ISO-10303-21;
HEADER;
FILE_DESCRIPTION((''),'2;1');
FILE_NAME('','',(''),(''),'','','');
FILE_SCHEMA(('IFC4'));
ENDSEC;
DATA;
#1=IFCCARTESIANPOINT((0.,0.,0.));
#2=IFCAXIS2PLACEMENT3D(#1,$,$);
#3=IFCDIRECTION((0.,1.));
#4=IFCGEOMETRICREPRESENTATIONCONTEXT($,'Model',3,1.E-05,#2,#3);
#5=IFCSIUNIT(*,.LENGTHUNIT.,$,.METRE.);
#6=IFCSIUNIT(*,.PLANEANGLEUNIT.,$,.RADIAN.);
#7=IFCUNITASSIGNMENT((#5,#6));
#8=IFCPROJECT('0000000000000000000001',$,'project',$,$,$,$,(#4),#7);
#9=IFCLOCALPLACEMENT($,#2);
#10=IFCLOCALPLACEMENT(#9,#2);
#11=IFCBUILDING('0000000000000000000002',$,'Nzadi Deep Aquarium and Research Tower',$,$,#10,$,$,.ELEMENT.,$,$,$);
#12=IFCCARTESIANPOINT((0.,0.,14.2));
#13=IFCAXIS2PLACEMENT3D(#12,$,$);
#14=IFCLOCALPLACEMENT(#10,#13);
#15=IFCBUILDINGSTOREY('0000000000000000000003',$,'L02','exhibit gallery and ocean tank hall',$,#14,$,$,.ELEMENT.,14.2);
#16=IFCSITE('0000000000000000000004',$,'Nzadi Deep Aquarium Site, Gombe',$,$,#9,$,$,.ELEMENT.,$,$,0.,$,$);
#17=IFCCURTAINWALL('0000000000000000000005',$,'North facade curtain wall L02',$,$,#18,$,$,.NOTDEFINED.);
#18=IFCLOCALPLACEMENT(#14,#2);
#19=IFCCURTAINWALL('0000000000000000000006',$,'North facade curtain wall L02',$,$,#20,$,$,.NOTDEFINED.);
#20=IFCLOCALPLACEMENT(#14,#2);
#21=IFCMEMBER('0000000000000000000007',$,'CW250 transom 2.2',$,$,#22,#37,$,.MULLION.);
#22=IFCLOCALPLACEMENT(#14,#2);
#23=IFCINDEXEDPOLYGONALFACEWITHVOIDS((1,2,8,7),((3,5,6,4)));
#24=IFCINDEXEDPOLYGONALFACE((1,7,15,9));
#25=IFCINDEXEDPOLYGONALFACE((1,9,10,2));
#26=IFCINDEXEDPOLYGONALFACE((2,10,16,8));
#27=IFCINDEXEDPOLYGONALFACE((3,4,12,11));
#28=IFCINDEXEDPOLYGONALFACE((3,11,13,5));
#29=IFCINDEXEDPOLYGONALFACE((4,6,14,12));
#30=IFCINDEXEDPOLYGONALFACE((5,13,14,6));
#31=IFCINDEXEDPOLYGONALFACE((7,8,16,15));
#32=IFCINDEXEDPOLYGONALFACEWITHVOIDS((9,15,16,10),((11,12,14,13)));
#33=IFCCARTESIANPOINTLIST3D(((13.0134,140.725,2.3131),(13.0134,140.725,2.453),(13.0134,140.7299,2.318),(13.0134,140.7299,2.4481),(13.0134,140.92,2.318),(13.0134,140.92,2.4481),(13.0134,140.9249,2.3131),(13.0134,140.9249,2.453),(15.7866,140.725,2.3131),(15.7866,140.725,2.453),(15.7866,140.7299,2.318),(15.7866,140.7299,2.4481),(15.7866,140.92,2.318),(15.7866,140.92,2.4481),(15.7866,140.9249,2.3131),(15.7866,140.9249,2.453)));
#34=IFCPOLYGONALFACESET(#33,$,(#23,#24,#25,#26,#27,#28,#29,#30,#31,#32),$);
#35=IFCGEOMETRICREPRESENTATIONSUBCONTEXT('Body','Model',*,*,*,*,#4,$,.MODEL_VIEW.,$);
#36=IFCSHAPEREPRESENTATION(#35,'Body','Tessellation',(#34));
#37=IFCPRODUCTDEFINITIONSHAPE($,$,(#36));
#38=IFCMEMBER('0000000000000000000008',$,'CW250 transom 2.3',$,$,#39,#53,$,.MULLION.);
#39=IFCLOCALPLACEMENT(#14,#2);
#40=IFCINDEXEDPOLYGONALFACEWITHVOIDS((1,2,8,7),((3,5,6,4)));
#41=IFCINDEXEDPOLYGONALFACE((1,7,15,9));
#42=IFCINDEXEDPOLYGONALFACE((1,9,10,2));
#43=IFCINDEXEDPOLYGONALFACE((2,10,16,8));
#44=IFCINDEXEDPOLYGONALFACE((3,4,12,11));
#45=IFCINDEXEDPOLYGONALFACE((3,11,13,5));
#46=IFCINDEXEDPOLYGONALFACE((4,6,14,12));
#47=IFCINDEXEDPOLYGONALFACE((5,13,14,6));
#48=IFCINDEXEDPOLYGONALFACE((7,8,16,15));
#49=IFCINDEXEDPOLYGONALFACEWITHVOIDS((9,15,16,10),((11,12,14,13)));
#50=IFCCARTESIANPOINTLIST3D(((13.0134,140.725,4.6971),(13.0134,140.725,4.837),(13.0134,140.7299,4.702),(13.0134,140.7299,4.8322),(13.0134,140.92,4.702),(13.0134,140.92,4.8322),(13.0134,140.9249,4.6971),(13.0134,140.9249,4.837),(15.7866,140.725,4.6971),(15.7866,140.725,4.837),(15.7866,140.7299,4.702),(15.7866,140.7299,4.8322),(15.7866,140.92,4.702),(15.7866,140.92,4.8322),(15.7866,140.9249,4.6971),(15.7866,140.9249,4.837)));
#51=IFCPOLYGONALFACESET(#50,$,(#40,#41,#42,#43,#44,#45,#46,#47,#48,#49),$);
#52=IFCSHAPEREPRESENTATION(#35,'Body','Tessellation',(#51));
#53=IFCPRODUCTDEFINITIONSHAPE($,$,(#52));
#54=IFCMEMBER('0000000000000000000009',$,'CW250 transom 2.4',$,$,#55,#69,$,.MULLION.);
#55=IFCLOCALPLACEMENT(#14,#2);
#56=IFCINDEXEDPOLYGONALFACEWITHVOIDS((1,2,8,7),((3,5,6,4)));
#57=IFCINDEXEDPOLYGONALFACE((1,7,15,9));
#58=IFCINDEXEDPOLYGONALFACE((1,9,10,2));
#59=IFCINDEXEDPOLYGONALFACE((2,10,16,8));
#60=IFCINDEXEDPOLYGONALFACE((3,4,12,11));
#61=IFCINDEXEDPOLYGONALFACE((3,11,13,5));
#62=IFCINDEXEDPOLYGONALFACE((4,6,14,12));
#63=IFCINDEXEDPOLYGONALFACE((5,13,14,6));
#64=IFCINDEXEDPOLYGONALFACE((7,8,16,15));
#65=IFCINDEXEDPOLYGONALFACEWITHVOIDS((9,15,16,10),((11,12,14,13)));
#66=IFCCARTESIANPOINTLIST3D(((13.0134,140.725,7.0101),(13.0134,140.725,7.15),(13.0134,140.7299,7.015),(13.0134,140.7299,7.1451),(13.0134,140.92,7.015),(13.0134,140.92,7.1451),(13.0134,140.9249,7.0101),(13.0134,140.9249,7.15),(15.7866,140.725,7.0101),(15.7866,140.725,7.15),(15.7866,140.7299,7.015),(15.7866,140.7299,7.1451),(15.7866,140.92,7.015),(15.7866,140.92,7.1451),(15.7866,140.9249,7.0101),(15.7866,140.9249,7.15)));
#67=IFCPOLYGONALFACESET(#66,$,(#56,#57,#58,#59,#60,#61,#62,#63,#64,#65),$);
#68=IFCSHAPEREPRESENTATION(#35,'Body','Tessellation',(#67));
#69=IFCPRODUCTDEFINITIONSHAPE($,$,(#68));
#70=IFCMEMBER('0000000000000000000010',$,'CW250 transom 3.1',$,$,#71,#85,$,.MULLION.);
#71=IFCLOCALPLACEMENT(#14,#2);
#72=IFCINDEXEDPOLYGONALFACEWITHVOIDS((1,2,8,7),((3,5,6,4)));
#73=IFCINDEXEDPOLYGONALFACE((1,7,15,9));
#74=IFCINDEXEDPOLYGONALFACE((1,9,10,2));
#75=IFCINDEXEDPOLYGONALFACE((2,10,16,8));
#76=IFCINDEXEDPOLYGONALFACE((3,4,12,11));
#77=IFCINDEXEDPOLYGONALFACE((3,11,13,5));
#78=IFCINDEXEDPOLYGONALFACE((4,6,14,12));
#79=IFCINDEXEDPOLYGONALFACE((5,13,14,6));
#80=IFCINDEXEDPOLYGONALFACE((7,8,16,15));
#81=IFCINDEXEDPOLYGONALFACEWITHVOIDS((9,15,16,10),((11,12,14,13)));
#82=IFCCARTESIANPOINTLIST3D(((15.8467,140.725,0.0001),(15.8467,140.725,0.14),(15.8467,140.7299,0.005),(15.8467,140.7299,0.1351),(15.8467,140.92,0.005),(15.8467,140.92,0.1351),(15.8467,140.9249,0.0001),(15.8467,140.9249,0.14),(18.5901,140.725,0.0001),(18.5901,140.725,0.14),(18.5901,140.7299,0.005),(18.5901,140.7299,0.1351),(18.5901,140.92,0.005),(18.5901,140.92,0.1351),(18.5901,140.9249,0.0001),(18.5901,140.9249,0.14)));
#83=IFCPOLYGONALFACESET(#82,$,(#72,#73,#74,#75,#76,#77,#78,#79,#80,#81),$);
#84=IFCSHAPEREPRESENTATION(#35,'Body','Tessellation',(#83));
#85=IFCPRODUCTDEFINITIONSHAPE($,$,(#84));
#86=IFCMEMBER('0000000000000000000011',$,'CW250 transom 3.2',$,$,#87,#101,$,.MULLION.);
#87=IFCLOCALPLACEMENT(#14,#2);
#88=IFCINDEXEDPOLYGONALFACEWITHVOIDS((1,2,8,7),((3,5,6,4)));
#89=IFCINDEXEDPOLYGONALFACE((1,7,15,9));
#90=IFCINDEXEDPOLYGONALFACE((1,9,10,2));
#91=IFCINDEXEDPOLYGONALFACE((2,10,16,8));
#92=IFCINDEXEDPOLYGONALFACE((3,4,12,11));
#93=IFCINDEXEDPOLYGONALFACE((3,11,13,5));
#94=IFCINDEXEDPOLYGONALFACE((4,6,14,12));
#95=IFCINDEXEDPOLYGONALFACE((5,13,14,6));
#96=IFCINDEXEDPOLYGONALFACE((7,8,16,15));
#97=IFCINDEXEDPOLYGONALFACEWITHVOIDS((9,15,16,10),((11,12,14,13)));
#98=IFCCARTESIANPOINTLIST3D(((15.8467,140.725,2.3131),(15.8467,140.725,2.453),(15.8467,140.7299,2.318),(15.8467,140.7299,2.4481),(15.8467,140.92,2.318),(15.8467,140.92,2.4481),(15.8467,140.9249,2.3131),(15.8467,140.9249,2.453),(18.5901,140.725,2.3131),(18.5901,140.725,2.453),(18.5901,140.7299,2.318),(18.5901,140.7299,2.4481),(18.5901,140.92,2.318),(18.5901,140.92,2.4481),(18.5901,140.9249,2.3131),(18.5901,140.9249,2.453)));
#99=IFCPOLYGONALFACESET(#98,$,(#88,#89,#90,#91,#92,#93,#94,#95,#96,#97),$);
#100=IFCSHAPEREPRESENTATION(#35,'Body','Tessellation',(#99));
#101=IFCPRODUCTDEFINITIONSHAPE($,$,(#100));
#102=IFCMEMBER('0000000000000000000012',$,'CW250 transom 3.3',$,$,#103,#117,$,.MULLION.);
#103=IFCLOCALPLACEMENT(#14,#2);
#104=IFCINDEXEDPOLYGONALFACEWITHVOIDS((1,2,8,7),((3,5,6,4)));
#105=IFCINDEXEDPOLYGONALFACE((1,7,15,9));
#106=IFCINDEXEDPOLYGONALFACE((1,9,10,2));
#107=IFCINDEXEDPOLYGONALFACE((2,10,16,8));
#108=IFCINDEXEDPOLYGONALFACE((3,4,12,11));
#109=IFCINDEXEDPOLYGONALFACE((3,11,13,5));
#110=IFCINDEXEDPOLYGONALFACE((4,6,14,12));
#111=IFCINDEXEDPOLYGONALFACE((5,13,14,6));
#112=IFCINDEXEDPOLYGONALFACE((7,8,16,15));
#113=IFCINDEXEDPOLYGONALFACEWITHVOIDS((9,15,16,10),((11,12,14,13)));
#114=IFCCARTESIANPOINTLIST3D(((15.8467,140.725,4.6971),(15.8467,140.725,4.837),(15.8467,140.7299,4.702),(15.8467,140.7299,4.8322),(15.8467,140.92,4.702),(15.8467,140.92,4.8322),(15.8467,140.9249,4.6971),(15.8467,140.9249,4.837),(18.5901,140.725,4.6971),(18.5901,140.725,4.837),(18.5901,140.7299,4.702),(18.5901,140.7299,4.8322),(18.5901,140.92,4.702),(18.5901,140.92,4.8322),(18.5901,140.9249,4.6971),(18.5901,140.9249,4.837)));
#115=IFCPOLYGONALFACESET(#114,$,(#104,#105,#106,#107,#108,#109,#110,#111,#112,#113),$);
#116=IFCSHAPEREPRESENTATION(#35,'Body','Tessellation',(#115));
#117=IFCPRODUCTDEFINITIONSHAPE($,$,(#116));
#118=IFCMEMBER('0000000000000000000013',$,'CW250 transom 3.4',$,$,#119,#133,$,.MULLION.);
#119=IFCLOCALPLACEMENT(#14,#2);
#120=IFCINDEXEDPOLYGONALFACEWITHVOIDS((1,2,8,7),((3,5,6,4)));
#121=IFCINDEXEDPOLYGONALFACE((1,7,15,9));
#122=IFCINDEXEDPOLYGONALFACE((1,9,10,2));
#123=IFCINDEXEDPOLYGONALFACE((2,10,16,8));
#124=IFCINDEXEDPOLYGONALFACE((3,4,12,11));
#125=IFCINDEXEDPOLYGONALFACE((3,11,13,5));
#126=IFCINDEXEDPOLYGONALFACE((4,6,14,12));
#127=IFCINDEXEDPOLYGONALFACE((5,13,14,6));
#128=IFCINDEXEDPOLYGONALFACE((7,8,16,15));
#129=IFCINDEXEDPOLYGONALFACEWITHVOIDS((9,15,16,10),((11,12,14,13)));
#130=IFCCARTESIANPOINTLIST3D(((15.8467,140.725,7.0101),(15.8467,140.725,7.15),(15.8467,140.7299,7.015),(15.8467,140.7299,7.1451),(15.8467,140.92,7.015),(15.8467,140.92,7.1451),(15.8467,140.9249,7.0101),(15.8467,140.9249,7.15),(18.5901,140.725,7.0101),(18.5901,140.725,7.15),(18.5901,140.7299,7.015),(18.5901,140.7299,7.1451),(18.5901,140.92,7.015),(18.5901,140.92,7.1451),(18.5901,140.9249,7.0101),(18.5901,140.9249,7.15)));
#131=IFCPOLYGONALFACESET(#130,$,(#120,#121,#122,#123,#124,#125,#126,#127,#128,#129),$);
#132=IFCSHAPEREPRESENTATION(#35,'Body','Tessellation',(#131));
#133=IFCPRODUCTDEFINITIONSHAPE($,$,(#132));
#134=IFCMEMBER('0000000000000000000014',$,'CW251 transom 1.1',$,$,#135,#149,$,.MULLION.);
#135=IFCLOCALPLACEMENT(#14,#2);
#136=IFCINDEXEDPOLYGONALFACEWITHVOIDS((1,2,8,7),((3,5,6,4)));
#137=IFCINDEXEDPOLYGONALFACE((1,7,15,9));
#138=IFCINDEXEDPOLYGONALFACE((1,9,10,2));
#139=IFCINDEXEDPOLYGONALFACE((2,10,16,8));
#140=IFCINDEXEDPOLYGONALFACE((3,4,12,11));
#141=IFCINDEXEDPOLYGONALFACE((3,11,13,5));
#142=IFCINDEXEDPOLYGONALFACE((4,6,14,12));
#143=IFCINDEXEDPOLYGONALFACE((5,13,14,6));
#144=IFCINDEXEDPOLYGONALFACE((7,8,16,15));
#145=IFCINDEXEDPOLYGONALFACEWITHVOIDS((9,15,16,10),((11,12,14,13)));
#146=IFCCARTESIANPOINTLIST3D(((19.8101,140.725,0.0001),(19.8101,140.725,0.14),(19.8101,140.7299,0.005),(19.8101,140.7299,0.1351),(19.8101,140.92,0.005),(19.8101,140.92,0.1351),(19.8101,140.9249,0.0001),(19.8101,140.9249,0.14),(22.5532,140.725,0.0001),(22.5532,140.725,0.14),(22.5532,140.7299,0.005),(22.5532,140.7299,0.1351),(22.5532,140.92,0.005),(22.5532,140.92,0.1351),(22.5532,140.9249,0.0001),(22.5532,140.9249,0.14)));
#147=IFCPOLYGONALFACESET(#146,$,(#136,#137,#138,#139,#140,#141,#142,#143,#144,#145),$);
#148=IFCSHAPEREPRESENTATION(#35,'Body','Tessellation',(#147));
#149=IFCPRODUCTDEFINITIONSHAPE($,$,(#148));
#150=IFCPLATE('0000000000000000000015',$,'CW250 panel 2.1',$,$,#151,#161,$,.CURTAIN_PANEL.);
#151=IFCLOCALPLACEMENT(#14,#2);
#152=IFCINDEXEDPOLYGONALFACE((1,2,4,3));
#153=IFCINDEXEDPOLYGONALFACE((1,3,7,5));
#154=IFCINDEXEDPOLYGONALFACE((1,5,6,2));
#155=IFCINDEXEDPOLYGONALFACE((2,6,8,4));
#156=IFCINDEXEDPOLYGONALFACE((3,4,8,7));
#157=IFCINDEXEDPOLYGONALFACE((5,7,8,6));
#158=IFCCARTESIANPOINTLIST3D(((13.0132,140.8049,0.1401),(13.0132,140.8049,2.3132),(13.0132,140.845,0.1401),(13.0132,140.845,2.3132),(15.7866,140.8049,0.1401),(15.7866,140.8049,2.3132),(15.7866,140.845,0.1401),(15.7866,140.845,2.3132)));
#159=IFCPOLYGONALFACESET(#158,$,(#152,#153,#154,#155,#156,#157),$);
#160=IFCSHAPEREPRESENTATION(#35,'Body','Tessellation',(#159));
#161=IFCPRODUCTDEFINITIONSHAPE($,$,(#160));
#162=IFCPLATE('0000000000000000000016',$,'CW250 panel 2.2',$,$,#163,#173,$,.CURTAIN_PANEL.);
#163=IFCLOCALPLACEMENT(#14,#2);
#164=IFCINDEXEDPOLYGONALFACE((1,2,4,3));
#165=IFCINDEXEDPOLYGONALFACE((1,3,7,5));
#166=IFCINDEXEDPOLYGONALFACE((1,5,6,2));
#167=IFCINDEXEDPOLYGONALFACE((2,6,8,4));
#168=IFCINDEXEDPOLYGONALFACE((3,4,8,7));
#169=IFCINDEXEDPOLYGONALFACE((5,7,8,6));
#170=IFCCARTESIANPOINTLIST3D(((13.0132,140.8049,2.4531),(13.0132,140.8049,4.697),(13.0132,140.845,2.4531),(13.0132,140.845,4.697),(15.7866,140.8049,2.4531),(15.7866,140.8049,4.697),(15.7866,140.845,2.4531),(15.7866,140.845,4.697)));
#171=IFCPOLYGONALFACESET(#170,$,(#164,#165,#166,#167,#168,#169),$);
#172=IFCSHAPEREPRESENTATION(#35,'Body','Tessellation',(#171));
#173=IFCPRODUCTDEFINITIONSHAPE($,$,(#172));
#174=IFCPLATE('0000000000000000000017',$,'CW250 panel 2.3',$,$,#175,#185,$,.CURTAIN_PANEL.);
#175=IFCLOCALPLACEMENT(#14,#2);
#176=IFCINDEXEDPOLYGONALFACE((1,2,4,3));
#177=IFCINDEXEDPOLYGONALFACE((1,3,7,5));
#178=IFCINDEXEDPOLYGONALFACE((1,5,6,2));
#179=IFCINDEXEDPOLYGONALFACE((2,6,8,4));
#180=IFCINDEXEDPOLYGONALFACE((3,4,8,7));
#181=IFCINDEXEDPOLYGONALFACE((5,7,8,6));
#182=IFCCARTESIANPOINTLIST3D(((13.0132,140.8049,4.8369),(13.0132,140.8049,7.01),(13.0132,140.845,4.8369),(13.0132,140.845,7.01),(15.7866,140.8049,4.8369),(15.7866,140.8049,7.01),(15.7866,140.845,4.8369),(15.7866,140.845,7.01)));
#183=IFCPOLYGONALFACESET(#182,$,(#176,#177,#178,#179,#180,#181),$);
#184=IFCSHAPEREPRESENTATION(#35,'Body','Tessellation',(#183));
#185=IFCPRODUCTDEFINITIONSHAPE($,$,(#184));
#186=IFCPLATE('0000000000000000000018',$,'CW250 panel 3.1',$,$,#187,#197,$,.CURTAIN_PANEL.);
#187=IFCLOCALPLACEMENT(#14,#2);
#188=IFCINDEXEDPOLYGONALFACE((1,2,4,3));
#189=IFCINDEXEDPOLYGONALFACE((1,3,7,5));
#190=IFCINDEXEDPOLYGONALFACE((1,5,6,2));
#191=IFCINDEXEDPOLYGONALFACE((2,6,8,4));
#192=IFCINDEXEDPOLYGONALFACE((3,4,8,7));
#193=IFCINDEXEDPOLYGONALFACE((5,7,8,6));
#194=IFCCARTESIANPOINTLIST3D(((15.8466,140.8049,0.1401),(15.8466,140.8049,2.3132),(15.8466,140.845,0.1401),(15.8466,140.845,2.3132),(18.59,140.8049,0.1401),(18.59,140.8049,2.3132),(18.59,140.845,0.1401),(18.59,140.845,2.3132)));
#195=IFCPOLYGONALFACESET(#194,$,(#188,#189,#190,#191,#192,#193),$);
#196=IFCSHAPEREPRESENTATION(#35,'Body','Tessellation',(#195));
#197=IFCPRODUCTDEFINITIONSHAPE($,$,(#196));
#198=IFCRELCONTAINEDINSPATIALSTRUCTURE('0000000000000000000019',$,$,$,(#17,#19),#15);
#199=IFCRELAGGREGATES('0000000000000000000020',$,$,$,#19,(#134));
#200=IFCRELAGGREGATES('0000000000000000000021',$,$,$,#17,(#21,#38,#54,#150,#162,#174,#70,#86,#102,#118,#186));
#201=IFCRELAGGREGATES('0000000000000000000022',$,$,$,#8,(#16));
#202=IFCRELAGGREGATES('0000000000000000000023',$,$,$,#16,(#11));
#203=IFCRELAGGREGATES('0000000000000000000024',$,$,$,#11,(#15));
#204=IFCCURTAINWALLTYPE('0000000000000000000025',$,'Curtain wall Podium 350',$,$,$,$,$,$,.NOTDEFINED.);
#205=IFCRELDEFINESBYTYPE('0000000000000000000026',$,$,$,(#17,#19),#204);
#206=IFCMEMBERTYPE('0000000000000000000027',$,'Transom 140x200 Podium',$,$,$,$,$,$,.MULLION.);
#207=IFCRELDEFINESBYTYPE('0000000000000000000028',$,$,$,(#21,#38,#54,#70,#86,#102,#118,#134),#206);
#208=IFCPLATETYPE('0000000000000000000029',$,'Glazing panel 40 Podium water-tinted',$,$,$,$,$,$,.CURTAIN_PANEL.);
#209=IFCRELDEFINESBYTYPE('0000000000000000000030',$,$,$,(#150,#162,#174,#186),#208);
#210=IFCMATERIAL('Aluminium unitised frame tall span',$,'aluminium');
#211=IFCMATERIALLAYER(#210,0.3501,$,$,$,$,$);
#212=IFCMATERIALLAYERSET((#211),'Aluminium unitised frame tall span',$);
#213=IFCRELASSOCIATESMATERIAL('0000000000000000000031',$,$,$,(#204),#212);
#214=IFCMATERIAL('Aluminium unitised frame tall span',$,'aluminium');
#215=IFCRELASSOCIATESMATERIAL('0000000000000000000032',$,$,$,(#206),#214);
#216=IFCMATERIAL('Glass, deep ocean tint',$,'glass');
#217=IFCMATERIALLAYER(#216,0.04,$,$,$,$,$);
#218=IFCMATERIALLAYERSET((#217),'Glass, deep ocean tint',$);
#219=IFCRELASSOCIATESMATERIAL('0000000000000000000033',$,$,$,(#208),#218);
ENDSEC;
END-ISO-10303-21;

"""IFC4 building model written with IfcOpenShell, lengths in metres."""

from ifc_helpers import new_model, si_unit, direction, frame, origin, origin_2d, place, context, subcontext, project, spatial, rectangle, hollow_rectangle, extrude, material, layer, layer_set, material_profile, profile_set, type_object, element, aggregate, save


model = new_model("IFC4")

# Units and contexts
model_context = context("Model", 3, precision=1e-05, world=origin(), true_north=direction((0.0, 1.0)))
body_context = subcontext(model_context, "Body", "Model", "MODEL_VIEW")
ifc_project = project(units=[si_unit("LENGTHUNIT", "METRE"), si_unit("PLANEANGLEUNIT", "RADIAN")], contexts=[model_context])

# Site, building, storey
site_placement = place(None, origin())
site = spatial("IfcSite", under=ifc_project, at=site_placement, Name="Nzadi Deep Aquarium Site, Gombe", CompositionType="ELEMENT", RefElevation=0.0)
building_placement = place(site_placement, origin())
building = spatial("IfcBuilding", under=site, at=building_placement, Name="Nzadi Deep Aquarium and Research Tower", CompositionType="ELEMENT")
storey_placement = place(building_placement, frame((0.0, 0.0, 14.2)))
storey = spatial("IfcBuildingStorey", under=building, at=storey_placement, Name="L02", Description="exhibit gallery and ocean tank hall", CompositionType="ELEMENT", Elevation=14.2)

# Curtain wall
ifc_material_1 = material(Name="Aluminium unitised frame tall span", Category="aluminium")
ifc_layer_1 = layer(ifc_material_1, 0.3501)
ifc_layer_set_1 = layer_set([ifc_layer_1], Name="Aluminium unitised frame tall span")
curtain_wall_type = type_object("IfcCurtainWallType", Name="Curtain wall Podium 350", PredefinedType="NOTDEFINED", material=ifc_layer_set_1)
curtain_wall_1_placement = place(storey_placement, origin())
curtain_wall_1 = element("IfcCurtainWall", 1, at=curtain_wall_1_placement, inside=storey, type_object=curtain_wall_type, Name="North facade curtain wall L02", PredefinedType="NOTDEFINED")

# Curtain wall
curtain_wall_2_placement = place(storey_placement, origin())
curtain_wall_2 = element("IfcCurtainWall", 2, at=curtain_wall_2_placement, inside=storey, type_object=curtain_wall_type, Name="North facade curtain wall L02", PredefinedType="NOTDEFINED")

# Members
ifc_material_2 = material(Name="Aluminium unitised frame tall span", Category="aluminium")
ifc_material_profile_1 = material_profile(ifc_material_2, hollow_rectangle(XDim=0.2, YDim=0.1399, WallThickness=0.0049, at=origin_2d()))
ifc_profile_set_1 = profile_set([ifc_material_profile_1], Name="Aluminium unitised frame tall span")
member_type_1 = type_object("IfcMemberType", Name="Transom 140x200 Podium", PredefinedType="MULLION", material=ifc_profile_set_1)
member_1_placement = place(storey_placement, frame((13.0134, 140.825, 2.3831), z_axis=(1.0, 0.0, 0.0), x_axis=(0.0, 1.0, 0.0)))
member_1 = element("IfcMember", 3, at=member_1_placement, type_object=member_type_1, Name="CW250 transom 2.2", PredefinedType="MULLION", context=body_context, shape_type="SweptSolid", body=[
    extrude(hollow_rectangle(XDim=0.2, YDim=0.1399, WallThickness=0.0049, at=origin_2d()), origin(), (0.0, 0.0, 1.0), 2.7732),
])
member_2_placement = place(storey_placement, frame((13.0134, 140.825, 4.7671), z_axis=(1.0, 0.0, 0.0), x_axis=(0.0, 1.0, 0.0)))
member_2 = element("IfcMember", 4, at=member_2_placement, type_object=member_type_1, Name="CW250 transom 2.3", PredefinedType="MULLION", context=body_context, shape_type="SweptSolid", body=[
    extrude(hollow_rectangle(XDim=0.2, YDim=0.1399, WallThickness=0.0049, at=origin_2d()), origin(), (0.0, 0.0, 1.0), 2.7732),
])
member_3_placement = place(storey_placement, frame((13.0134, 140.825, 7.0801), z_axis=(1.0, 0.0, 0.0), x_axis=(0.0, 1.0, 0.0)))
member_3 = element("IfcMember", 5, at=member_3_placement, type_object=member_type_1, Name="CW250 transom 2.4", PredefinedType="MULLION", context=body_context, shape_type="SweptSolid", body=[
    extrude(hollow_rectangle(XDim=0.2, YDim=0.1399, WallThickness=0.0049, at=origin_2d()), origin(), (0.0, 0.0, 1.0), 2.7732),
])
member_4_placement = place(storey_placement, frame((15.8467, 140.825, 0.0701), z_axis=(1.0, 0.0, 0.0), x_axis=(0.0, 1.0, 0.0)))
member_4 = element("IfcMember", 6, at=member_4_placement, type_object=member_type_1, Name="CW250 transom 3.1", PredefinedType="MULLION", context=body_context, shape_type="SweptSolid", body=[
    extrude(hollow_rectangle(XDim=0.2, YDim=0.1399, WallThickness=0.0049, at=origin_2d()), origin(), (0.0, 0.0, 1.0), 2.7434),
])
member_5_placement = place(storey_placement, frame((15.8467, 140.825, 2.3831), z_axis=(1.0, 0.0, 0.0), x_axis=(0.0, 1.0, 0.0)))
member_5 = element("IfcMember", 7, at=member_5_placement, type_object=member_type_1, Name="CW250 transom 3.2", PredefinedType="MULLION", context=body_context, shape_type="SweptSolid", body=[
    extrude(hollow_rectangle(XDim=0.2, YDim=0.1399, WallThickness=0.0049, at=origin_2d()), origin(), (0.0, 0.0, 1.0), 2.7434),
])
member_6_placement = place(storey_placement, frame((15.8467, 140.825, 4.7671), z_axis=(1.0, 0.0, 0.0), x_axis=(0.0, 1.0, 0.0)))
member_6 = element("IfcMember", 8, at=member_6_placement, type_object=member_type_1, Name="CW250 transom 3.3", PredefinedType="MULLION", context=body_context, shape_type="SweptSolid", body=[
    extrude(hollow_rectangle(XDim=0.2, YDim=0.1399, WallThickness=0.0049, at=origin_2d()), origin(), (0.0, 0.0, 1.0), 2.7434),
])
member_7_placement = place(storey_placement, frame((15.8467, 140.825, 7.0801), z_axis=(1.0, 0.0, 0.0), x_axis=(0.0, 1.0, 0.0)))
member_7 = element("IfcMember", 9, at=member_7_placement, type_object=member_type_1, Name="CW250 transom 3.4", PredefinedType="MULLION", context=body_context, shape_type="SweptSolid", body=[
    extrude(hollow_rectangle(XDim=0.2, YDim=0.1399, WallThickness=0.0049, at=origin_2d()), origin(), (0.0, 0.0, 1.0), 2.7434),
])
member_8_placement = place(storey_placement, frame((19.8101, 140.825, 0.0701), z_axis=(1.0, 0.0, 0.0), x_axis=(0.0, 1.0, 0.0)))
member_8 = element("IfcMember", 10, at=member_8_placement, type_object=member_type_1, Name="CW251 transom 1.1", PredefinedType="MULLION", context=body_context, shape_type="SweptSolid", body=[
    extrude(hollow_rectangle(XDim=0.2, YDim=0.1399, WallThickness=0.0049, at=origin_2d()), origin(), (0.0, 0.0, 1.0), 2.7432),
])
aggregate(curtain_wall_2, [member_8])

# Plates
ifc_material_3 = material(Name="Glass, deep ocean tint", Category="glass")
ifc_layer_2 = layer(ifc_material_3, 0.04)
ifc_layer_set_2 = layer_set([ifc_layer_2], Name="Glass, deep ocean tint")
plate_type = type_object("IfcPlateType", Name="Glazing panel 40 Podium water-tinted", PredefinedType="CURTAIN_PANEL", material=ifc_layer_set_2)
plate_1_placement = place(storey_placement, frame((14.3999, 140.825, 0.1401), z_axis=(0.0, 0.0, 1.0), x_axis=(1.0, 0.0, 0.0)))
plate_1 = element("IfcPlate", 11, at=plate_1_placement, type_object=plate_type, Name="CW250 panel 2.1", PredefinedType="CURTAIN_PANEL", context=body_context, shape_type="SweptSolid", body=[
    extrude(rectangle(XDim=2.7734, YDim=0.04, at=origin_2d()), origin(), (0.0, 0.0, 1.0), 2.1731),
])
plate_2_placement = place(storey_placement, frame((14.3999, 140.825, 2.4531), z_axis=(0.0, 0.0, 1.0), x_axis=(1.0, 0.0, 0.0)))
plate_2 = element("IfcPlate", 12, at=plate_2_placement, type_object=plate_type, Name="CW250 panel 2.2", PredefinedType="CURTAIN_PANEL", context=body_context, shape_type="SweptSolid", body=[
    extrude(rectangle(XDim=2.7734, YDim=0.04, at=origin_2d()), origin(), (0.0, 0.0, 1.0), 2.2439),
])
plate_3_placement = place(storey_placement, frame((14.3999, 140.825, 4.8369), z_axis=(0.0, 0.0, 1.0), x_axis=(1.0, 0.0, 0.0)))
plate_3 = element("IfcPlate", 13, at=plate_3_placement, type_object=plate_type, Name="CW250 panel 2.3", PredefinedType="CURTAIN_PANEL", context=body_context, shape_type="SweptSolid", body=[
    extrude(rectangle(XDim=2.7734, YDim=0.04, at=origin_2d()), origin(), (0.0, 0.0, 1.0), 2.1731),
])
plate_4_placement = place(storey_placement, frame((17.2183, 140.825, 0.1401), z_axis=(0.0, 0.0, 1.0), x_axis=(1.0, 0.0, 0.0)))
plate_4 = element("IfcPlate", 14, at=plate_4_placement, type_object=plate_type, Name="CW250 panel 3.1", PredefinedType="CURTAIN_PANEL", context=body_context, shape_type="SweptSolid", body=[
    extrude(rectangle(XDim=2.7434, YDim=0.04, at=origin_2d()), origin(), (0.0, 0.0, 1.0), 2.1731),
])
aggregate(curtain_wall_1, [member_1, member_2, member_3, plate_1, plate_2, plate_3, member_4, member_5, member_6, member_7, plate_4])

save(model, "model.ifc")
